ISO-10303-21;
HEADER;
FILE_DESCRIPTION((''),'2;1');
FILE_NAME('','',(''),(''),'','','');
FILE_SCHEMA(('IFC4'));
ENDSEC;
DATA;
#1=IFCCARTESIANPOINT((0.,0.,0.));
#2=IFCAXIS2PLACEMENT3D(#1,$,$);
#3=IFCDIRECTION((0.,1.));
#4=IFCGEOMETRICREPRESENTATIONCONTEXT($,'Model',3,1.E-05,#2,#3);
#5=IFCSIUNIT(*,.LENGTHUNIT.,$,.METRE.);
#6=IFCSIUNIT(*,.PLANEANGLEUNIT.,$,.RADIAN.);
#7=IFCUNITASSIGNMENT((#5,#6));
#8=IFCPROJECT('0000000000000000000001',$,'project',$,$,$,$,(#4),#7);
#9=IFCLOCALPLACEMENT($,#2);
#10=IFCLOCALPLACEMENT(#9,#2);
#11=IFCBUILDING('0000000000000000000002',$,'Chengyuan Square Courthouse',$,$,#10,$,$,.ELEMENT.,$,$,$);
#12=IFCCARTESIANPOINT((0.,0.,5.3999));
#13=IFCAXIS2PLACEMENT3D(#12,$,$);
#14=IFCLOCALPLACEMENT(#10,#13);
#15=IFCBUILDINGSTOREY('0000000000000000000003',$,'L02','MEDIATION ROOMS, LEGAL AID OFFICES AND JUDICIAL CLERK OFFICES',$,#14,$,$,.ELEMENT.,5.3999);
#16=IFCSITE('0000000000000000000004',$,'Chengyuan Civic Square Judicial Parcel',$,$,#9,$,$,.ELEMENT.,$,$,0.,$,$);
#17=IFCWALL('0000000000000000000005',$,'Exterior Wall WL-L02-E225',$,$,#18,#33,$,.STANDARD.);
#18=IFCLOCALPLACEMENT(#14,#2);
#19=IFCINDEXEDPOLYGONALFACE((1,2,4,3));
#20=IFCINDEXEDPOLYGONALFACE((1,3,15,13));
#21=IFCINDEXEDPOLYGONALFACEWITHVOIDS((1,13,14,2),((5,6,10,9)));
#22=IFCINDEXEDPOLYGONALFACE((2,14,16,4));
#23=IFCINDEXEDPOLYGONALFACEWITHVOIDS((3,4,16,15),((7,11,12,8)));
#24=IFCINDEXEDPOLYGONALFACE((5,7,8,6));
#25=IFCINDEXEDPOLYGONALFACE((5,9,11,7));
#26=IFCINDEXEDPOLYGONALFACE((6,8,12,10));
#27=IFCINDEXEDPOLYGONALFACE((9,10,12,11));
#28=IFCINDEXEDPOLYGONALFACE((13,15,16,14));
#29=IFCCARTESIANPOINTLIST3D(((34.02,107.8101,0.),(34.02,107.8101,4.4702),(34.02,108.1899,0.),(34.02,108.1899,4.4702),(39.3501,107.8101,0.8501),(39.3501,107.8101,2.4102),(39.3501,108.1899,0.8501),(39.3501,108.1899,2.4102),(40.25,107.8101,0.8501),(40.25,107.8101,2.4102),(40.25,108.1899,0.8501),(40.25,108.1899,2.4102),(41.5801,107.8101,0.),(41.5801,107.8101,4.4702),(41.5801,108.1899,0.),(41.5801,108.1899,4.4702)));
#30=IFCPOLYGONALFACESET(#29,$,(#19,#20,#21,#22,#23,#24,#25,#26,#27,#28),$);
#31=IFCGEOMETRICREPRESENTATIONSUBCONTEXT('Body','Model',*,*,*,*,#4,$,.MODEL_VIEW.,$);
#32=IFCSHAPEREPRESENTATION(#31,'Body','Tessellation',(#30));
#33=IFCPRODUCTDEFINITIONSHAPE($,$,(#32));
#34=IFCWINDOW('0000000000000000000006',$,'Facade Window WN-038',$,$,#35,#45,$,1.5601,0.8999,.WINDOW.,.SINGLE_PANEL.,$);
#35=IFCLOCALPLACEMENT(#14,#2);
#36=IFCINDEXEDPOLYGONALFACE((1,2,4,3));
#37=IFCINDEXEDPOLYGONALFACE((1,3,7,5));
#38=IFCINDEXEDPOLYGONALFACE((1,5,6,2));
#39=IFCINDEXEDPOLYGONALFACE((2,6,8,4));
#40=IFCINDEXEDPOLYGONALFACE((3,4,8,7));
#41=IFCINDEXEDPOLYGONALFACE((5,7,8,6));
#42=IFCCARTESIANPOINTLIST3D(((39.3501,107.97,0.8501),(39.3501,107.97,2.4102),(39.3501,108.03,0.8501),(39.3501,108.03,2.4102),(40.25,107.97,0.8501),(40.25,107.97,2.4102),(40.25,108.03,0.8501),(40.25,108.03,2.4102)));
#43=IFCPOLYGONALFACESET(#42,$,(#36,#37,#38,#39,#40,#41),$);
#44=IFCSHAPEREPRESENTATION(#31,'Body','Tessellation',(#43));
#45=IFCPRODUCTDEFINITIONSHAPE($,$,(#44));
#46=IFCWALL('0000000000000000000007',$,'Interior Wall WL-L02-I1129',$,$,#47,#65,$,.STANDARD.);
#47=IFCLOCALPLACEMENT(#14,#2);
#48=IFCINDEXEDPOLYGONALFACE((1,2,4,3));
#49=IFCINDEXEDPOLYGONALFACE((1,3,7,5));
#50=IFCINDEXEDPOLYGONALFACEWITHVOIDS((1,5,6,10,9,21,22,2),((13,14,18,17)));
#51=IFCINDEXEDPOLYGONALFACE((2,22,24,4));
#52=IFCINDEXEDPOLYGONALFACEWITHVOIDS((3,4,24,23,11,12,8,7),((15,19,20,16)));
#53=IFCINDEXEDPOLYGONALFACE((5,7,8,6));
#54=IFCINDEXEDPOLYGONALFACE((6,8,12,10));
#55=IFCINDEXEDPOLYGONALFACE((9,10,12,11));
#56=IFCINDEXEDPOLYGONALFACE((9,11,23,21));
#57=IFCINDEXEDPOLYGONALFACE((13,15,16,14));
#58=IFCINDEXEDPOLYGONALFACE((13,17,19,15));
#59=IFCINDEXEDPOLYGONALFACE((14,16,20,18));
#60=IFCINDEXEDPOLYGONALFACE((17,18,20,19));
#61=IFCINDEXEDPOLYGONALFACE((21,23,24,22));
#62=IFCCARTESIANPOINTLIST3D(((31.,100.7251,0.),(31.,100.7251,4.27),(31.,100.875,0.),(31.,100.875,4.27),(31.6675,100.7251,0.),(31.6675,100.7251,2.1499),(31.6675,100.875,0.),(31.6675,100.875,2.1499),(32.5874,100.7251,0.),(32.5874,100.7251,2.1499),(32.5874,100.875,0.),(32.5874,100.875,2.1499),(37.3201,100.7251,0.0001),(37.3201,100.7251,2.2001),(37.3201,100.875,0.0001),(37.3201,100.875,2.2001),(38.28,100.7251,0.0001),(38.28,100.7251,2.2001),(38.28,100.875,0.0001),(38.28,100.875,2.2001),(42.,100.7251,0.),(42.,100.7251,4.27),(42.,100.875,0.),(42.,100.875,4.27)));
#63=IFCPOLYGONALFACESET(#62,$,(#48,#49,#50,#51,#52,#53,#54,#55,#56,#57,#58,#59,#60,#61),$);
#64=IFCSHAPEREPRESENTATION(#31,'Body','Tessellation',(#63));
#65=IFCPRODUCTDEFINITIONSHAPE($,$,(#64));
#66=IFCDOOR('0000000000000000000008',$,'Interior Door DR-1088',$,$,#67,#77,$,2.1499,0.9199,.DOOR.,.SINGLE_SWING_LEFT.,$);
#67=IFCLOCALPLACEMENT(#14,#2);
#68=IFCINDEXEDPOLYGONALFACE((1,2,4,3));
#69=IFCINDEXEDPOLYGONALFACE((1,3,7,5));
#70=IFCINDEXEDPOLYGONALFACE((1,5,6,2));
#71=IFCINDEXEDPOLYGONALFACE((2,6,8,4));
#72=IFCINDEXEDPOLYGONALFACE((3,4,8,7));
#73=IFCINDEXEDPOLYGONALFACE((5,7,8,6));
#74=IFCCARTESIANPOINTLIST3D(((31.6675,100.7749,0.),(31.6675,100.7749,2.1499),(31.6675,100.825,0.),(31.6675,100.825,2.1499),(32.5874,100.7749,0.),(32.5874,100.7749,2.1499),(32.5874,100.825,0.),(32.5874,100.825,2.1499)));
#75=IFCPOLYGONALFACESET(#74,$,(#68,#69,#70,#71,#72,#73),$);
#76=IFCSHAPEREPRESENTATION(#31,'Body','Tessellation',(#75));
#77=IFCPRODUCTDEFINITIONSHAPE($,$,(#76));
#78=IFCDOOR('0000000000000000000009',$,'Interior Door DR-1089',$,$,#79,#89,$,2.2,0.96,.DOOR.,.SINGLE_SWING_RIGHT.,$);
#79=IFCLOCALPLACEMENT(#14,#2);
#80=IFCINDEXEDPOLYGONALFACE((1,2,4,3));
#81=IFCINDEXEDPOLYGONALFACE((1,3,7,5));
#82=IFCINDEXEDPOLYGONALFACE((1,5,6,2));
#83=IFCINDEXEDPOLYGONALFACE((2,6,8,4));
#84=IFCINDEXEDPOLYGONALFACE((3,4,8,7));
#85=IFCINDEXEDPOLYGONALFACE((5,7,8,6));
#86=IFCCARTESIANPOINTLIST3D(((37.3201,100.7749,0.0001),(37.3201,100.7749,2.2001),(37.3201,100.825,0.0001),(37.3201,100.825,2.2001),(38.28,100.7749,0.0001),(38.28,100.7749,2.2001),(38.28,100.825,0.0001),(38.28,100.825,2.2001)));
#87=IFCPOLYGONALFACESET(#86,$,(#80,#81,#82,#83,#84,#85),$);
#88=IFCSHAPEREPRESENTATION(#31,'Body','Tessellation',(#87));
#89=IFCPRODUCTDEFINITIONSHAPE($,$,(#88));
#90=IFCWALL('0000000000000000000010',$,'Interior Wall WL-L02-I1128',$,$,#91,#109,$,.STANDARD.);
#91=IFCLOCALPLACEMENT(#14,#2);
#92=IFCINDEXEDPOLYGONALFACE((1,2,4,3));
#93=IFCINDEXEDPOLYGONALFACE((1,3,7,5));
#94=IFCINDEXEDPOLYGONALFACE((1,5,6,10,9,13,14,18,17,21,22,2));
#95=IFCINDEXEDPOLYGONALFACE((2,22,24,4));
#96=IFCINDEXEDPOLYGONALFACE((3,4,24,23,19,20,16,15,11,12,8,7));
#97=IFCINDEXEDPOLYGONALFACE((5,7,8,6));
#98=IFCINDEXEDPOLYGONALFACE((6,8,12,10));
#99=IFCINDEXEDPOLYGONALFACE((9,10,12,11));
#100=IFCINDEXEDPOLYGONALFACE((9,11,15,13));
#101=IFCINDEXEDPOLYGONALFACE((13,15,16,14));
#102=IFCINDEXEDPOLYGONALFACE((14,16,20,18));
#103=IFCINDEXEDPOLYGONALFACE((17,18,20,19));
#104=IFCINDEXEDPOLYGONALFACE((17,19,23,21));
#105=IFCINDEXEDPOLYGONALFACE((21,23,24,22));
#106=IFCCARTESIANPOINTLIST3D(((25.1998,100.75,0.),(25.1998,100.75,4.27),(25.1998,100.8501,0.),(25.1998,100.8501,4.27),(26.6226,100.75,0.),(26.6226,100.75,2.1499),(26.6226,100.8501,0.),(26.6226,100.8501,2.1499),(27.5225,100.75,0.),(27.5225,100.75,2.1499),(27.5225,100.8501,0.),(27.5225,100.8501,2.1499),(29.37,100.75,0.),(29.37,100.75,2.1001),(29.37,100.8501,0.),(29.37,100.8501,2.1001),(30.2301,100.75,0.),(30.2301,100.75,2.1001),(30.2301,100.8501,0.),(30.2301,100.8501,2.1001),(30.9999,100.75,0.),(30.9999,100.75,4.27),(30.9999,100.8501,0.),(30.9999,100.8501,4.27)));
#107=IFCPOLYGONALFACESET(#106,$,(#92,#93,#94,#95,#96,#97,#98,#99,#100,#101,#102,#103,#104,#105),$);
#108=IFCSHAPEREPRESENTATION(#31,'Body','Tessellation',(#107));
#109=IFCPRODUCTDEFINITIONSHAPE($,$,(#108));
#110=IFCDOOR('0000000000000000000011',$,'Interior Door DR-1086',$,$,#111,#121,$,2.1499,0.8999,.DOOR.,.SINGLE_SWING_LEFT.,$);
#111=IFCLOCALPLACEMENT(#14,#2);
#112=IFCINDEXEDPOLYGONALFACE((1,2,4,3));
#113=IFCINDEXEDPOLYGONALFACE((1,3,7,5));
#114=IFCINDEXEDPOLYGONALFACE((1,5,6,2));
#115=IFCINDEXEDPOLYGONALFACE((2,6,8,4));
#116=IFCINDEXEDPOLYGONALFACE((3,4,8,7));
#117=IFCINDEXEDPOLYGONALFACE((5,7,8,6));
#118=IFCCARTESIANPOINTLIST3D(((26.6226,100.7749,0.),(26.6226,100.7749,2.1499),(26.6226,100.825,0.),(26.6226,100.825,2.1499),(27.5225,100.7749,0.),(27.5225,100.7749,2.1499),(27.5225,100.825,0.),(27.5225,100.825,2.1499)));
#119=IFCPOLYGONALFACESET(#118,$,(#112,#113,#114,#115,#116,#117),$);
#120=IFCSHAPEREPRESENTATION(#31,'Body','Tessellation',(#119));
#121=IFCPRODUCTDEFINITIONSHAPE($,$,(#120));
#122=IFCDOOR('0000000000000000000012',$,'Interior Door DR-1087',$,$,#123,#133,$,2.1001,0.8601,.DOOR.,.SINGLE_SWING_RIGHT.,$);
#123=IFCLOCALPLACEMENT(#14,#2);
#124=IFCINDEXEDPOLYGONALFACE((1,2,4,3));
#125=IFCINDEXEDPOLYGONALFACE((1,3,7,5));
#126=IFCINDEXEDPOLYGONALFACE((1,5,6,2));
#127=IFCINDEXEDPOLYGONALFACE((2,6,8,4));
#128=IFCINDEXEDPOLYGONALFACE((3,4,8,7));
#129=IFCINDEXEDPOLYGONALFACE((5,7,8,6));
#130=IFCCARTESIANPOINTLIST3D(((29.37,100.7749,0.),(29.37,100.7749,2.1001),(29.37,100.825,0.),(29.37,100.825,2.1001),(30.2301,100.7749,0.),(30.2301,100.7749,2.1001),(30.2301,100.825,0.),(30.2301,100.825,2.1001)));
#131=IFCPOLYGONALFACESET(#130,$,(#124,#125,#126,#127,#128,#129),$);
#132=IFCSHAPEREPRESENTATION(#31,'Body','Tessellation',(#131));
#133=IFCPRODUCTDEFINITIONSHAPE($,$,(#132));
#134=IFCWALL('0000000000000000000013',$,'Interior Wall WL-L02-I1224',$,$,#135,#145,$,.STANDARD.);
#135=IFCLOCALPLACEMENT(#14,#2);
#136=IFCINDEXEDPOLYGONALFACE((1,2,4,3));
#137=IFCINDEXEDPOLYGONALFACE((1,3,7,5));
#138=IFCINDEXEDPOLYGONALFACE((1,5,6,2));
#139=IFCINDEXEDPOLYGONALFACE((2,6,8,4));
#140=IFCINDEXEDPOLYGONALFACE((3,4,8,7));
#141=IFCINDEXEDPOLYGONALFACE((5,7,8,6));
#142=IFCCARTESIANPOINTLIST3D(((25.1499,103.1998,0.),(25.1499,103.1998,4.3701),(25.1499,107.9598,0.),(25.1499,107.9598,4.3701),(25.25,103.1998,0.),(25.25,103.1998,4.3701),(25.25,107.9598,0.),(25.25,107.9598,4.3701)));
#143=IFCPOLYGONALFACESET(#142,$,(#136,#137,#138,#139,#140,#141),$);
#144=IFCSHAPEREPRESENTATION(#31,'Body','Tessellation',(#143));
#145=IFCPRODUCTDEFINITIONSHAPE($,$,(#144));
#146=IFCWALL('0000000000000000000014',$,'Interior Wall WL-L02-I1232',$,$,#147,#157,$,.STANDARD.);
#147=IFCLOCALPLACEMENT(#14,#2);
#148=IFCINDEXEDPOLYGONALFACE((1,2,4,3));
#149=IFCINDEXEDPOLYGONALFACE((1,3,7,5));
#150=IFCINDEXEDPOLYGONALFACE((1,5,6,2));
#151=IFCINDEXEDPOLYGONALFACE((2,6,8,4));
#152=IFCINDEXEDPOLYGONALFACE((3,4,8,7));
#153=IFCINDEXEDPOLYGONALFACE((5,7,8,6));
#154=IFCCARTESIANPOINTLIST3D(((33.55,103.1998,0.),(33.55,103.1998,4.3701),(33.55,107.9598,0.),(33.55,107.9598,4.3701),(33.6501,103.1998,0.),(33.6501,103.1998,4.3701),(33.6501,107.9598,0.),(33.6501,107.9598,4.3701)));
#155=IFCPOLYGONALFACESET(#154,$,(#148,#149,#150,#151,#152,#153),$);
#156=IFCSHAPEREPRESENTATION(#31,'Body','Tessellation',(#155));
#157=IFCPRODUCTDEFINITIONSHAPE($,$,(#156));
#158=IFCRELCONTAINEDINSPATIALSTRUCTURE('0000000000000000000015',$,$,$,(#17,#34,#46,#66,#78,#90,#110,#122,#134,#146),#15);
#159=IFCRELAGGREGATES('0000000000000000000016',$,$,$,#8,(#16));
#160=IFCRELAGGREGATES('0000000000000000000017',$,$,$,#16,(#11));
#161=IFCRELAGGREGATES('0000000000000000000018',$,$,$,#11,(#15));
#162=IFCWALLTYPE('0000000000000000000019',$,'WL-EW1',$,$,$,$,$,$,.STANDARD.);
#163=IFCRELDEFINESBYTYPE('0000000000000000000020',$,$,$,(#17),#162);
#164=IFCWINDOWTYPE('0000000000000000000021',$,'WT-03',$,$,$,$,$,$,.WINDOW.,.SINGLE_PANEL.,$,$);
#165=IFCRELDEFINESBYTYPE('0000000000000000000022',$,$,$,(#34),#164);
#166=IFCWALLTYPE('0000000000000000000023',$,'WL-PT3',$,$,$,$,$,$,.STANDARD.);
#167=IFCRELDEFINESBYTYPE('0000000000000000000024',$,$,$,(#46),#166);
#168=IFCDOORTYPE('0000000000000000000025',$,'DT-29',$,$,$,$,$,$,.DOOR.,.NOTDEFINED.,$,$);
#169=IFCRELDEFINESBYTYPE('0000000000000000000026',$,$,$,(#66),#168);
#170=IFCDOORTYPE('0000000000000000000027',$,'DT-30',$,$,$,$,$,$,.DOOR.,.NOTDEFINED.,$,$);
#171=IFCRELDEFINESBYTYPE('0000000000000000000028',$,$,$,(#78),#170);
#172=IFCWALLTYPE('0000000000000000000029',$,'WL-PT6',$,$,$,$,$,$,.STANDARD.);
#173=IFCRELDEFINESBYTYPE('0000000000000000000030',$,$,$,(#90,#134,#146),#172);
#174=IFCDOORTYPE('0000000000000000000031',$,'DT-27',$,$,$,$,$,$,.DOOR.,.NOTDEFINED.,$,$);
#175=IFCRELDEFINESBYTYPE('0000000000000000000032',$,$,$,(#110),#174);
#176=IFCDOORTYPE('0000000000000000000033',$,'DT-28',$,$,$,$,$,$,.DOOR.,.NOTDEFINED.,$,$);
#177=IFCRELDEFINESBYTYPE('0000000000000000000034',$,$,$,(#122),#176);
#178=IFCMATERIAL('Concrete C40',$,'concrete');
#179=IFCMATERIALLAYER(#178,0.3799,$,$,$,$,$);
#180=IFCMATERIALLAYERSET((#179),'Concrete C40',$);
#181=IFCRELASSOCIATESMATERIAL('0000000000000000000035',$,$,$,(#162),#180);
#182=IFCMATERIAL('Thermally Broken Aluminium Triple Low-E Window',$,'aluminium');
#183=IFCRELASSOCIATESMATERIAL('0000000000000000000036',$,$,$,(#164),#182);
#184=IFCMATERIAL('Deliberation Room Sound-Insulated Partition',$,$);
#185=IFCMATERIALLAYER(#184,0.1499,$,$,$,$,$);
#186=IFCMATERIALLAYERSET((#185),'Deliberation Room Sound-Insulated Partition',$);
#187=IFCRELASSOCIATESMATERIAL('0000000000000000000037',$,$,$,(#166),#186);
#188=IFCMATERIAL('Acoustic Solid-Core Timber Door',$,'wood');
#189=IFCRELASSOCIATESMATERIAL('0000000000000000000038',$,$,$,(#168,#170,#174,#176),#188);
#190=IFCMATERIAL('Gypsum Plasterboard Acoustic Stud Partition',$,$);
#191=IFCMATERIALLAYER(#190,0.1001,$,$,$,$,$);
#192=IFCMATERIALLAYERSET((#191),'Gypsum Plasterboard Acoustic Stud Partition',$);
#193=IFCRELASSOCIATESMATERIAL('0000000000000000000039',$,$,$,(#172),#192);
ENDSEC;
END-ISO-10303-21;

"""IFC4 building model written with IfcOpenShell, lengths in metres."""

from ifc_helpers import new_model, si_unit, direction, frame, frame_2d, origin, place, context, subcontext, project, spatial, rectangle, extrude, material, layer, layer_set, type_object, element, fill, save


model = new_model("IFC4")

# Units and contexts
model_context = context("Model", 3, precision=1e-05, world=origin(), true_north=direction((0.0, 1.0)))
body_context = subcontext(model_context, "Body", "Model", "MODEL_VIEW")
ifc_project = project(units=[si_unit("LENGTHUNIT", "METRE"), si_unit("PLANEANGLEUNIT", "RADIAN")], contexts=[model_context])

# Site, building, storey
site_placement = place(None, origin())
site = spatial("IfcSite", under=ifc_project, at=site_placement, Name="Chengyuan Civic Square Judicial Parcel", CompositionType="ELEMENT", RefElevation=0.0)
building_placement = place(site_placement, origin())
building = spatial("IfcBuilding", under=site, at=building_placement, Name="Chengyuan Square Courthouse", CompositionType="ELEMENT")
storey_placement = place(building_placement, frame((0.0, 0.0, 5.3999)))
storey = spatial("IfcBuildingStorey", under=building, at=storey_placement, Name="L02", Description="MEDIATION ROOMS, LEGAL AID OFFICES AND JUDICIAL CLERK OFFICES", CompositionType="ELEMENT", Elevation=5.3999)

# Shared definitions
ifc_material_1 = material(Name="Concrete C40", Category="concrete")

# Wall, opening, window
ifc_layer_1 = layer(ifc_material_1, 0.3799)
ifc_layer_set_1 = layer_set([ifc_layer_1], Name="Concrete C40")
wall_type_1 = type_object("IfcWallType", Name="WL-EW1", PredefinedType="STANDARD", material=ifc_layer_set_1)
ifc_material_2 = material(Name="Thermally Broken Aluminium Triple Low-E Window", Category="aluminium")
wall_1_placement = place(storey_placement, frame((34.02, 108.0, 0.0), z_axis=(0.0, 0.0, 1.0), x_axis=(1.0, 0.0, 0.0)))
wall_1 = element("IfcWall", 1, at=wall_1_placement, inside=storey, type_object=wall_type_1, Name="Exterior Wall WL-L02-E225", PredefinedType="STANDARD", context=body_context, shape_type="SweptSolid", body=[
    extrude(rectangle(XDim=7.5601, YDim=0.3799, at=frame_2d((3.78, 0.0))), origin(), (0.0, 0.0, 1.0), 4.4702),
])
opening_1_placement = place(wall_1_placement, frame((5.3301, 0.0, 0.8501)))
opening_1 = element("IfcOpeningElement", 2, at=opening_1_placement, cuts=wall_1, PredefinedType="OPENING", context=body_context, shape_type="SweptSolid", body=[
    extrude(rectangle(XDim=0.8999, YDim=1.5601, at=frame_2d((0.45, 0.78))), frame((0.0, 0.2019, 0.0), z_axis=(0.0, -1.0, 0.0), x_axis=(1.0, 0.0, 0.0)), (0.0, 0.0, 1.0), 0.4038),
])
window_type_1 = type_object("IfcWindowType", Name="WT-03", PartitioningType="SINGLE_PANEL", PredefinedType="WINDOW", material=ifc_material_2)
window_1_placement = place(opening_1_placement, origin())
window_1 = element("IfcWindow", 3, at=window_1_placement, inside=storey, type_object=window_type_1, Name="Facade Window WN-038", OverallHeight=1.5601, OverallWidth=0.8999, PartitioningType="SINGLE_PANEL", PredefinedType="WINDOW", context=body_context, shape_type="SweptSolid", body=[
    extrude(rectangle(XDim=0.8999, YDim=1.5601, at=frame_2d((0.45, 0.78))), frame((0.0, 0.03, 0.0), z_axis=(0.0, -1.0, 0.0), x_axis=(1.0, 0.0, 0.0)), (0.0, 0.0, 1.0), 0.0601),
])
fill(opening_1, window_1)

# Walls, openings, doors
ifc_material_3 = material(Name="Deliberation Room Sound-Insulated Partition")
ifc_layer_2 = layer(ifc_material_3, 0.1499)
ifc_layer_set_2 = layer_set([ifc_layer_2], Name="Deliberation Room Sound-Insulated Partition")
wall_type_2 = type_object("IfcWallType", Name="WL-PT3", PredefinedType="STANDARD", material=ifc_layer_set_2)
wall_2_placement = place(storey_placement, frame((31.0, 100.8, 0.0), z_axis=(0.0, 0.0, 1.0), x_axis=(1.0, 0.0, 0.0)))
wall_2 = element("IfcWall", 4, at=wall_2_placement, inside=storey, type_object=wall_type_2, Name="Interior Wall WL-L02-I1129", PredefinedType="STANDARD", context=body_context, shape_type="SweptSolid", body=[
    extrude(rectangle(XDim=11.0, YDim=0.1499, at=frame_2d((5.5, 0.0))), origin(), (0.0, 0.0, 1.0), 4.27),
])
opening_2_placement = place(wall_2_placement, frame((0.6675, 0.0, 0.0)))
opening_2 = element("IfcOpeningElement", 5, at=opening_2_placement, cuts=wall_2, PredefinedType="OPENING", context=body_context, shape_type="SweptSolid", body=[
    extrude(rectangle(XDim=0.9199, YDim=2.1499, at=frame_2d((0.46, 1.075))), frame((0.0, 0.0869, 0.0), z_axis=(0.0, -1.0, 0.0), x_axis=(1.0, 0.0, 0.0)), (0.0, 0.0, 1.0), 0.1738),
])
opening_3_placement = place(wall_2_placement, frame((6.3201, 0.0, 0.0)))
opening_3 = element("IfcOpeningElement", 6, at=opening_3_placement, cuts=wall_2, PredefinedType="OPENING", context=body_context, shape_type="SweptSolid", body=[
    extrude(rectangle(XDim=0.96, YDim=2.2, at=frame_2d((0.48, 1.1001))), frame((0.0, 0.0869, 0.0), z_axis=(0.0, -1.0, 0.0), x_axis=(1.0, 0.0, 0.0)), (0.0, 0.0, 1.0), 0.1738),
])
ifc_material_4 = material(Name="Acoustic Solid-Core Timber Door", Category="wood")
door_type_1 = type_object("IfcDoorType", Name="DT-29", OperationType="NOTDEFINED", PredefinedType="DOOR", material=ifc_material_4)
door_1_placement = place(opening_2_placement, origin())
door_1 = element("IfcDoor", 7, at=door_1_placement, inside=storey, type_object=door_type_1, Name="Interior Door DR-1088", OperationType="SINGLE_SWING_LEFT", OverallHeight=2.1499, OverallWidth=0.9199, PredefinedType="DOOR", context=body_context, shape_type="SweptSolid", body=[
    extrude(rectangle(XDim=0.9199, YDim=2.1499, at=frame_2d((0.46, 1.075))), frame((0.0, 0.0249, 0.0), z_axis=(0.0, -1.0, 0.0), x_axis=(1.0, 0.0, 0.0)), (0.0, 0.0, 1.0), 0.05),
])
fill(opening_2, door_1)
door_type_2 = type_object("IfcDoorType", Name="DT-30", OperationType="NOTDEFINED", PredefinedType="DOOR", material=ifc_material_4)
door_2_placement = place(opening_3_placement, origin())
door_2 = element("IfcDoor", 8, at=door_2_placement, inside=storey, type_object=door_type_2, Name="Interior Door DR-1089", OperationType="SINGLE_SWING_RIGHT", OverallHeight=2.2, OverallWidth=0.96, PredefinedType="DOOR", context=body_context, shape_type="SweptSolid", body=[
    extrude(rectangle(XDim=0.96, YDim=2.2, at=frame_2d((0.48, 1.1001))), frame((0.0, 0.0249, 0.0), z_axis=(0.0, -1.0, 0.0), x_axis=(1.0, 0.0, 0.0)), (0.0, 0.0, 1.0), 0.05),
])
fill(opening_3, door_2)
ifc_material_5 = material(Name="Gypsum Plasterboard Acoustic Stud Partition")
ifc_layer_3 = layer(ifc_material_5, 0.1001)
ifc_layer_set_3 = layer_set([ifc_layer_3], Name="Gypsum Plasterboard Acoustic Stud Partition")
wall_type_3 = type_object("IfcWallType", Name="WL-PT6", PredefinedType="STANDARD", material=ifc_layer_set_3)
wall_3_placement = place(storey_placement, frame((25.2, 100.8, 0.0), z_axis=(0.0, 0.0, 1.0), x_axis=(1.0, 0.0, 0.0)))
wall_3 = element("IfcWall", 9, at=wall_3_placement, inside=storey, type_object=wall_type_3, Name="Interior Wall WL-L02-I1128", PredefinedType="STANDARD", context=body_context, shape_type="SweptSolid", body=[
    extrude(rectangle(XDim=5.8, YDim=0.1001, at=frame_2d((2.8999, 0.0))), origin(), (0.0, 0.0, 1.0), 4.27),
])
opening_4_placement = place(wall_3_placement, frame((1.4226, 0.0, 0.0)))
opening_4 = element("IfcOpeningElement", 10, at=opening_4_placement, cuts=wall_3, PredefinedType="OPENING", context=body_context, shape_type="SweptSolid", body=[
    extrude(rectangle(XDim=0.8999, YDim=2.1499, at=frame_2d((0.45, 1.075))), frame((0.0, 0.062, 0.0), z_axis=(0.0, -1.0, 0.0), x_axis=(1.0, 0.0, 0.0)), (0.0, 0.0, 1.0), 0.124),
])
opening_5_placement = place(wall_3_placement, frame((4.1699, 0.0, 0.0)))
opening_5 = element("IfcOpeningElement", 11, at=opening_5_placement, cuts=wall_3, PredefinedType="OPENING", context=body_context, shape_type="SweptSolid", body=[
    extrude(rectangle(XDim=0.8601, YDim=2.1001, at=frame_2d((0.4302, 1.05))), frame((0.0, 0.062, 0.0), z_axis=(0.0, -1.0, 0.0), x_axis=(1.0, 0.0, 0.0)), (0.0, 0.0, 1.0), 0.124),
])
door_type_3 = type_object("IfcDoorType", Name="DT-27", OperationType="NOTDEFINED", PredefinedType="DOOR", material=ifc_material_4)
door_3_placement = place(opening_4_placement, origin())
door_3 = element("IfcDoor", 12, at=door_3_placement, inside=storey, type_object=door_type_3, Name="Interior Door DR-1086", OperationType="SINGLE_SWING_LEFT", OverallHeight=2.1499, OverallWidth=0.8999, PredefinedType="DOOR", context=body_context, shape_type="SweptSolid", body=[
    extrude(rectangle(XDim=0.8999, YDim=2.1499, at=frame_2d((0.45, 1.075))), frame((0.0, 0.0249, 0.0), z_axis=(0.0, -1.0, 0.0), x_axis=(1.0, 0.0, 0.0)), (0.0, 0.0, 1.0), 0.05),
])
fill(opening_4, door_3)
door_type_4 = type_object("IfcDoorType", Name="DT-28", OperationType="NOTDEFINED", PredefinedType="DOOR", material=ifc_material_4)
door_4_placement = place(opening_5_placement, origin())
door_4 = element("IfcDoor", 13, at=door_4_placement, inside=storey, type_object=door_type_4, Name="Interior Door DR-1087", OperationType="SINGLE_SWING_RIGHT", OverallHeight=2.1001, OverallWidth=0.8601, PredefinedType="DOOR", context=body_context, shape_type="SweptSolid", body=[
    extrude(rectangle(XDim=0.8601, YDim=2.1001, at=frame_2d((0.4302, 1.05))), frame((0.0, 0.0249, 0.0), z_axis=(0.0, -1.0, 0.0), x_axis=(1.0, 0.0, 0.0)), (0.0, 0.0, 1.0), 0.05),
])
fill(opening_5, door_4)

# Walls
for number, where, z_axis, x_axis, name in (
    (14, (25.2, 103.2, 0.0), (0.0, 0.0, 1.0), (0.0, 1.0, 0.0), "Interior Wall WL-L02-I1224"),
    (15, (33.6001, 103.2, 0.0), (0.0, 0.0, 1.0), (0.0, 1.0, 0.0), "Interior Wall WL-L02-I1232"),
):
    element("IfcWall", number, at=place(storey_placement, frame(where, z_axis=z_axis, x_axis=x_axis)), inside=storey, type_object=wall_type_3, Name=name, PredefinedType="STANDARD", context=body_context, shape_type="SweptSolid", body=[
        extrude(rectangle(XDim=4.76, YDim=0.1001, at=frame_2d((2.3799, 0.0))), origin(), (0.0, 0.0, 1.0), 4.3701),
    ])

save(model, "model.ifc")
